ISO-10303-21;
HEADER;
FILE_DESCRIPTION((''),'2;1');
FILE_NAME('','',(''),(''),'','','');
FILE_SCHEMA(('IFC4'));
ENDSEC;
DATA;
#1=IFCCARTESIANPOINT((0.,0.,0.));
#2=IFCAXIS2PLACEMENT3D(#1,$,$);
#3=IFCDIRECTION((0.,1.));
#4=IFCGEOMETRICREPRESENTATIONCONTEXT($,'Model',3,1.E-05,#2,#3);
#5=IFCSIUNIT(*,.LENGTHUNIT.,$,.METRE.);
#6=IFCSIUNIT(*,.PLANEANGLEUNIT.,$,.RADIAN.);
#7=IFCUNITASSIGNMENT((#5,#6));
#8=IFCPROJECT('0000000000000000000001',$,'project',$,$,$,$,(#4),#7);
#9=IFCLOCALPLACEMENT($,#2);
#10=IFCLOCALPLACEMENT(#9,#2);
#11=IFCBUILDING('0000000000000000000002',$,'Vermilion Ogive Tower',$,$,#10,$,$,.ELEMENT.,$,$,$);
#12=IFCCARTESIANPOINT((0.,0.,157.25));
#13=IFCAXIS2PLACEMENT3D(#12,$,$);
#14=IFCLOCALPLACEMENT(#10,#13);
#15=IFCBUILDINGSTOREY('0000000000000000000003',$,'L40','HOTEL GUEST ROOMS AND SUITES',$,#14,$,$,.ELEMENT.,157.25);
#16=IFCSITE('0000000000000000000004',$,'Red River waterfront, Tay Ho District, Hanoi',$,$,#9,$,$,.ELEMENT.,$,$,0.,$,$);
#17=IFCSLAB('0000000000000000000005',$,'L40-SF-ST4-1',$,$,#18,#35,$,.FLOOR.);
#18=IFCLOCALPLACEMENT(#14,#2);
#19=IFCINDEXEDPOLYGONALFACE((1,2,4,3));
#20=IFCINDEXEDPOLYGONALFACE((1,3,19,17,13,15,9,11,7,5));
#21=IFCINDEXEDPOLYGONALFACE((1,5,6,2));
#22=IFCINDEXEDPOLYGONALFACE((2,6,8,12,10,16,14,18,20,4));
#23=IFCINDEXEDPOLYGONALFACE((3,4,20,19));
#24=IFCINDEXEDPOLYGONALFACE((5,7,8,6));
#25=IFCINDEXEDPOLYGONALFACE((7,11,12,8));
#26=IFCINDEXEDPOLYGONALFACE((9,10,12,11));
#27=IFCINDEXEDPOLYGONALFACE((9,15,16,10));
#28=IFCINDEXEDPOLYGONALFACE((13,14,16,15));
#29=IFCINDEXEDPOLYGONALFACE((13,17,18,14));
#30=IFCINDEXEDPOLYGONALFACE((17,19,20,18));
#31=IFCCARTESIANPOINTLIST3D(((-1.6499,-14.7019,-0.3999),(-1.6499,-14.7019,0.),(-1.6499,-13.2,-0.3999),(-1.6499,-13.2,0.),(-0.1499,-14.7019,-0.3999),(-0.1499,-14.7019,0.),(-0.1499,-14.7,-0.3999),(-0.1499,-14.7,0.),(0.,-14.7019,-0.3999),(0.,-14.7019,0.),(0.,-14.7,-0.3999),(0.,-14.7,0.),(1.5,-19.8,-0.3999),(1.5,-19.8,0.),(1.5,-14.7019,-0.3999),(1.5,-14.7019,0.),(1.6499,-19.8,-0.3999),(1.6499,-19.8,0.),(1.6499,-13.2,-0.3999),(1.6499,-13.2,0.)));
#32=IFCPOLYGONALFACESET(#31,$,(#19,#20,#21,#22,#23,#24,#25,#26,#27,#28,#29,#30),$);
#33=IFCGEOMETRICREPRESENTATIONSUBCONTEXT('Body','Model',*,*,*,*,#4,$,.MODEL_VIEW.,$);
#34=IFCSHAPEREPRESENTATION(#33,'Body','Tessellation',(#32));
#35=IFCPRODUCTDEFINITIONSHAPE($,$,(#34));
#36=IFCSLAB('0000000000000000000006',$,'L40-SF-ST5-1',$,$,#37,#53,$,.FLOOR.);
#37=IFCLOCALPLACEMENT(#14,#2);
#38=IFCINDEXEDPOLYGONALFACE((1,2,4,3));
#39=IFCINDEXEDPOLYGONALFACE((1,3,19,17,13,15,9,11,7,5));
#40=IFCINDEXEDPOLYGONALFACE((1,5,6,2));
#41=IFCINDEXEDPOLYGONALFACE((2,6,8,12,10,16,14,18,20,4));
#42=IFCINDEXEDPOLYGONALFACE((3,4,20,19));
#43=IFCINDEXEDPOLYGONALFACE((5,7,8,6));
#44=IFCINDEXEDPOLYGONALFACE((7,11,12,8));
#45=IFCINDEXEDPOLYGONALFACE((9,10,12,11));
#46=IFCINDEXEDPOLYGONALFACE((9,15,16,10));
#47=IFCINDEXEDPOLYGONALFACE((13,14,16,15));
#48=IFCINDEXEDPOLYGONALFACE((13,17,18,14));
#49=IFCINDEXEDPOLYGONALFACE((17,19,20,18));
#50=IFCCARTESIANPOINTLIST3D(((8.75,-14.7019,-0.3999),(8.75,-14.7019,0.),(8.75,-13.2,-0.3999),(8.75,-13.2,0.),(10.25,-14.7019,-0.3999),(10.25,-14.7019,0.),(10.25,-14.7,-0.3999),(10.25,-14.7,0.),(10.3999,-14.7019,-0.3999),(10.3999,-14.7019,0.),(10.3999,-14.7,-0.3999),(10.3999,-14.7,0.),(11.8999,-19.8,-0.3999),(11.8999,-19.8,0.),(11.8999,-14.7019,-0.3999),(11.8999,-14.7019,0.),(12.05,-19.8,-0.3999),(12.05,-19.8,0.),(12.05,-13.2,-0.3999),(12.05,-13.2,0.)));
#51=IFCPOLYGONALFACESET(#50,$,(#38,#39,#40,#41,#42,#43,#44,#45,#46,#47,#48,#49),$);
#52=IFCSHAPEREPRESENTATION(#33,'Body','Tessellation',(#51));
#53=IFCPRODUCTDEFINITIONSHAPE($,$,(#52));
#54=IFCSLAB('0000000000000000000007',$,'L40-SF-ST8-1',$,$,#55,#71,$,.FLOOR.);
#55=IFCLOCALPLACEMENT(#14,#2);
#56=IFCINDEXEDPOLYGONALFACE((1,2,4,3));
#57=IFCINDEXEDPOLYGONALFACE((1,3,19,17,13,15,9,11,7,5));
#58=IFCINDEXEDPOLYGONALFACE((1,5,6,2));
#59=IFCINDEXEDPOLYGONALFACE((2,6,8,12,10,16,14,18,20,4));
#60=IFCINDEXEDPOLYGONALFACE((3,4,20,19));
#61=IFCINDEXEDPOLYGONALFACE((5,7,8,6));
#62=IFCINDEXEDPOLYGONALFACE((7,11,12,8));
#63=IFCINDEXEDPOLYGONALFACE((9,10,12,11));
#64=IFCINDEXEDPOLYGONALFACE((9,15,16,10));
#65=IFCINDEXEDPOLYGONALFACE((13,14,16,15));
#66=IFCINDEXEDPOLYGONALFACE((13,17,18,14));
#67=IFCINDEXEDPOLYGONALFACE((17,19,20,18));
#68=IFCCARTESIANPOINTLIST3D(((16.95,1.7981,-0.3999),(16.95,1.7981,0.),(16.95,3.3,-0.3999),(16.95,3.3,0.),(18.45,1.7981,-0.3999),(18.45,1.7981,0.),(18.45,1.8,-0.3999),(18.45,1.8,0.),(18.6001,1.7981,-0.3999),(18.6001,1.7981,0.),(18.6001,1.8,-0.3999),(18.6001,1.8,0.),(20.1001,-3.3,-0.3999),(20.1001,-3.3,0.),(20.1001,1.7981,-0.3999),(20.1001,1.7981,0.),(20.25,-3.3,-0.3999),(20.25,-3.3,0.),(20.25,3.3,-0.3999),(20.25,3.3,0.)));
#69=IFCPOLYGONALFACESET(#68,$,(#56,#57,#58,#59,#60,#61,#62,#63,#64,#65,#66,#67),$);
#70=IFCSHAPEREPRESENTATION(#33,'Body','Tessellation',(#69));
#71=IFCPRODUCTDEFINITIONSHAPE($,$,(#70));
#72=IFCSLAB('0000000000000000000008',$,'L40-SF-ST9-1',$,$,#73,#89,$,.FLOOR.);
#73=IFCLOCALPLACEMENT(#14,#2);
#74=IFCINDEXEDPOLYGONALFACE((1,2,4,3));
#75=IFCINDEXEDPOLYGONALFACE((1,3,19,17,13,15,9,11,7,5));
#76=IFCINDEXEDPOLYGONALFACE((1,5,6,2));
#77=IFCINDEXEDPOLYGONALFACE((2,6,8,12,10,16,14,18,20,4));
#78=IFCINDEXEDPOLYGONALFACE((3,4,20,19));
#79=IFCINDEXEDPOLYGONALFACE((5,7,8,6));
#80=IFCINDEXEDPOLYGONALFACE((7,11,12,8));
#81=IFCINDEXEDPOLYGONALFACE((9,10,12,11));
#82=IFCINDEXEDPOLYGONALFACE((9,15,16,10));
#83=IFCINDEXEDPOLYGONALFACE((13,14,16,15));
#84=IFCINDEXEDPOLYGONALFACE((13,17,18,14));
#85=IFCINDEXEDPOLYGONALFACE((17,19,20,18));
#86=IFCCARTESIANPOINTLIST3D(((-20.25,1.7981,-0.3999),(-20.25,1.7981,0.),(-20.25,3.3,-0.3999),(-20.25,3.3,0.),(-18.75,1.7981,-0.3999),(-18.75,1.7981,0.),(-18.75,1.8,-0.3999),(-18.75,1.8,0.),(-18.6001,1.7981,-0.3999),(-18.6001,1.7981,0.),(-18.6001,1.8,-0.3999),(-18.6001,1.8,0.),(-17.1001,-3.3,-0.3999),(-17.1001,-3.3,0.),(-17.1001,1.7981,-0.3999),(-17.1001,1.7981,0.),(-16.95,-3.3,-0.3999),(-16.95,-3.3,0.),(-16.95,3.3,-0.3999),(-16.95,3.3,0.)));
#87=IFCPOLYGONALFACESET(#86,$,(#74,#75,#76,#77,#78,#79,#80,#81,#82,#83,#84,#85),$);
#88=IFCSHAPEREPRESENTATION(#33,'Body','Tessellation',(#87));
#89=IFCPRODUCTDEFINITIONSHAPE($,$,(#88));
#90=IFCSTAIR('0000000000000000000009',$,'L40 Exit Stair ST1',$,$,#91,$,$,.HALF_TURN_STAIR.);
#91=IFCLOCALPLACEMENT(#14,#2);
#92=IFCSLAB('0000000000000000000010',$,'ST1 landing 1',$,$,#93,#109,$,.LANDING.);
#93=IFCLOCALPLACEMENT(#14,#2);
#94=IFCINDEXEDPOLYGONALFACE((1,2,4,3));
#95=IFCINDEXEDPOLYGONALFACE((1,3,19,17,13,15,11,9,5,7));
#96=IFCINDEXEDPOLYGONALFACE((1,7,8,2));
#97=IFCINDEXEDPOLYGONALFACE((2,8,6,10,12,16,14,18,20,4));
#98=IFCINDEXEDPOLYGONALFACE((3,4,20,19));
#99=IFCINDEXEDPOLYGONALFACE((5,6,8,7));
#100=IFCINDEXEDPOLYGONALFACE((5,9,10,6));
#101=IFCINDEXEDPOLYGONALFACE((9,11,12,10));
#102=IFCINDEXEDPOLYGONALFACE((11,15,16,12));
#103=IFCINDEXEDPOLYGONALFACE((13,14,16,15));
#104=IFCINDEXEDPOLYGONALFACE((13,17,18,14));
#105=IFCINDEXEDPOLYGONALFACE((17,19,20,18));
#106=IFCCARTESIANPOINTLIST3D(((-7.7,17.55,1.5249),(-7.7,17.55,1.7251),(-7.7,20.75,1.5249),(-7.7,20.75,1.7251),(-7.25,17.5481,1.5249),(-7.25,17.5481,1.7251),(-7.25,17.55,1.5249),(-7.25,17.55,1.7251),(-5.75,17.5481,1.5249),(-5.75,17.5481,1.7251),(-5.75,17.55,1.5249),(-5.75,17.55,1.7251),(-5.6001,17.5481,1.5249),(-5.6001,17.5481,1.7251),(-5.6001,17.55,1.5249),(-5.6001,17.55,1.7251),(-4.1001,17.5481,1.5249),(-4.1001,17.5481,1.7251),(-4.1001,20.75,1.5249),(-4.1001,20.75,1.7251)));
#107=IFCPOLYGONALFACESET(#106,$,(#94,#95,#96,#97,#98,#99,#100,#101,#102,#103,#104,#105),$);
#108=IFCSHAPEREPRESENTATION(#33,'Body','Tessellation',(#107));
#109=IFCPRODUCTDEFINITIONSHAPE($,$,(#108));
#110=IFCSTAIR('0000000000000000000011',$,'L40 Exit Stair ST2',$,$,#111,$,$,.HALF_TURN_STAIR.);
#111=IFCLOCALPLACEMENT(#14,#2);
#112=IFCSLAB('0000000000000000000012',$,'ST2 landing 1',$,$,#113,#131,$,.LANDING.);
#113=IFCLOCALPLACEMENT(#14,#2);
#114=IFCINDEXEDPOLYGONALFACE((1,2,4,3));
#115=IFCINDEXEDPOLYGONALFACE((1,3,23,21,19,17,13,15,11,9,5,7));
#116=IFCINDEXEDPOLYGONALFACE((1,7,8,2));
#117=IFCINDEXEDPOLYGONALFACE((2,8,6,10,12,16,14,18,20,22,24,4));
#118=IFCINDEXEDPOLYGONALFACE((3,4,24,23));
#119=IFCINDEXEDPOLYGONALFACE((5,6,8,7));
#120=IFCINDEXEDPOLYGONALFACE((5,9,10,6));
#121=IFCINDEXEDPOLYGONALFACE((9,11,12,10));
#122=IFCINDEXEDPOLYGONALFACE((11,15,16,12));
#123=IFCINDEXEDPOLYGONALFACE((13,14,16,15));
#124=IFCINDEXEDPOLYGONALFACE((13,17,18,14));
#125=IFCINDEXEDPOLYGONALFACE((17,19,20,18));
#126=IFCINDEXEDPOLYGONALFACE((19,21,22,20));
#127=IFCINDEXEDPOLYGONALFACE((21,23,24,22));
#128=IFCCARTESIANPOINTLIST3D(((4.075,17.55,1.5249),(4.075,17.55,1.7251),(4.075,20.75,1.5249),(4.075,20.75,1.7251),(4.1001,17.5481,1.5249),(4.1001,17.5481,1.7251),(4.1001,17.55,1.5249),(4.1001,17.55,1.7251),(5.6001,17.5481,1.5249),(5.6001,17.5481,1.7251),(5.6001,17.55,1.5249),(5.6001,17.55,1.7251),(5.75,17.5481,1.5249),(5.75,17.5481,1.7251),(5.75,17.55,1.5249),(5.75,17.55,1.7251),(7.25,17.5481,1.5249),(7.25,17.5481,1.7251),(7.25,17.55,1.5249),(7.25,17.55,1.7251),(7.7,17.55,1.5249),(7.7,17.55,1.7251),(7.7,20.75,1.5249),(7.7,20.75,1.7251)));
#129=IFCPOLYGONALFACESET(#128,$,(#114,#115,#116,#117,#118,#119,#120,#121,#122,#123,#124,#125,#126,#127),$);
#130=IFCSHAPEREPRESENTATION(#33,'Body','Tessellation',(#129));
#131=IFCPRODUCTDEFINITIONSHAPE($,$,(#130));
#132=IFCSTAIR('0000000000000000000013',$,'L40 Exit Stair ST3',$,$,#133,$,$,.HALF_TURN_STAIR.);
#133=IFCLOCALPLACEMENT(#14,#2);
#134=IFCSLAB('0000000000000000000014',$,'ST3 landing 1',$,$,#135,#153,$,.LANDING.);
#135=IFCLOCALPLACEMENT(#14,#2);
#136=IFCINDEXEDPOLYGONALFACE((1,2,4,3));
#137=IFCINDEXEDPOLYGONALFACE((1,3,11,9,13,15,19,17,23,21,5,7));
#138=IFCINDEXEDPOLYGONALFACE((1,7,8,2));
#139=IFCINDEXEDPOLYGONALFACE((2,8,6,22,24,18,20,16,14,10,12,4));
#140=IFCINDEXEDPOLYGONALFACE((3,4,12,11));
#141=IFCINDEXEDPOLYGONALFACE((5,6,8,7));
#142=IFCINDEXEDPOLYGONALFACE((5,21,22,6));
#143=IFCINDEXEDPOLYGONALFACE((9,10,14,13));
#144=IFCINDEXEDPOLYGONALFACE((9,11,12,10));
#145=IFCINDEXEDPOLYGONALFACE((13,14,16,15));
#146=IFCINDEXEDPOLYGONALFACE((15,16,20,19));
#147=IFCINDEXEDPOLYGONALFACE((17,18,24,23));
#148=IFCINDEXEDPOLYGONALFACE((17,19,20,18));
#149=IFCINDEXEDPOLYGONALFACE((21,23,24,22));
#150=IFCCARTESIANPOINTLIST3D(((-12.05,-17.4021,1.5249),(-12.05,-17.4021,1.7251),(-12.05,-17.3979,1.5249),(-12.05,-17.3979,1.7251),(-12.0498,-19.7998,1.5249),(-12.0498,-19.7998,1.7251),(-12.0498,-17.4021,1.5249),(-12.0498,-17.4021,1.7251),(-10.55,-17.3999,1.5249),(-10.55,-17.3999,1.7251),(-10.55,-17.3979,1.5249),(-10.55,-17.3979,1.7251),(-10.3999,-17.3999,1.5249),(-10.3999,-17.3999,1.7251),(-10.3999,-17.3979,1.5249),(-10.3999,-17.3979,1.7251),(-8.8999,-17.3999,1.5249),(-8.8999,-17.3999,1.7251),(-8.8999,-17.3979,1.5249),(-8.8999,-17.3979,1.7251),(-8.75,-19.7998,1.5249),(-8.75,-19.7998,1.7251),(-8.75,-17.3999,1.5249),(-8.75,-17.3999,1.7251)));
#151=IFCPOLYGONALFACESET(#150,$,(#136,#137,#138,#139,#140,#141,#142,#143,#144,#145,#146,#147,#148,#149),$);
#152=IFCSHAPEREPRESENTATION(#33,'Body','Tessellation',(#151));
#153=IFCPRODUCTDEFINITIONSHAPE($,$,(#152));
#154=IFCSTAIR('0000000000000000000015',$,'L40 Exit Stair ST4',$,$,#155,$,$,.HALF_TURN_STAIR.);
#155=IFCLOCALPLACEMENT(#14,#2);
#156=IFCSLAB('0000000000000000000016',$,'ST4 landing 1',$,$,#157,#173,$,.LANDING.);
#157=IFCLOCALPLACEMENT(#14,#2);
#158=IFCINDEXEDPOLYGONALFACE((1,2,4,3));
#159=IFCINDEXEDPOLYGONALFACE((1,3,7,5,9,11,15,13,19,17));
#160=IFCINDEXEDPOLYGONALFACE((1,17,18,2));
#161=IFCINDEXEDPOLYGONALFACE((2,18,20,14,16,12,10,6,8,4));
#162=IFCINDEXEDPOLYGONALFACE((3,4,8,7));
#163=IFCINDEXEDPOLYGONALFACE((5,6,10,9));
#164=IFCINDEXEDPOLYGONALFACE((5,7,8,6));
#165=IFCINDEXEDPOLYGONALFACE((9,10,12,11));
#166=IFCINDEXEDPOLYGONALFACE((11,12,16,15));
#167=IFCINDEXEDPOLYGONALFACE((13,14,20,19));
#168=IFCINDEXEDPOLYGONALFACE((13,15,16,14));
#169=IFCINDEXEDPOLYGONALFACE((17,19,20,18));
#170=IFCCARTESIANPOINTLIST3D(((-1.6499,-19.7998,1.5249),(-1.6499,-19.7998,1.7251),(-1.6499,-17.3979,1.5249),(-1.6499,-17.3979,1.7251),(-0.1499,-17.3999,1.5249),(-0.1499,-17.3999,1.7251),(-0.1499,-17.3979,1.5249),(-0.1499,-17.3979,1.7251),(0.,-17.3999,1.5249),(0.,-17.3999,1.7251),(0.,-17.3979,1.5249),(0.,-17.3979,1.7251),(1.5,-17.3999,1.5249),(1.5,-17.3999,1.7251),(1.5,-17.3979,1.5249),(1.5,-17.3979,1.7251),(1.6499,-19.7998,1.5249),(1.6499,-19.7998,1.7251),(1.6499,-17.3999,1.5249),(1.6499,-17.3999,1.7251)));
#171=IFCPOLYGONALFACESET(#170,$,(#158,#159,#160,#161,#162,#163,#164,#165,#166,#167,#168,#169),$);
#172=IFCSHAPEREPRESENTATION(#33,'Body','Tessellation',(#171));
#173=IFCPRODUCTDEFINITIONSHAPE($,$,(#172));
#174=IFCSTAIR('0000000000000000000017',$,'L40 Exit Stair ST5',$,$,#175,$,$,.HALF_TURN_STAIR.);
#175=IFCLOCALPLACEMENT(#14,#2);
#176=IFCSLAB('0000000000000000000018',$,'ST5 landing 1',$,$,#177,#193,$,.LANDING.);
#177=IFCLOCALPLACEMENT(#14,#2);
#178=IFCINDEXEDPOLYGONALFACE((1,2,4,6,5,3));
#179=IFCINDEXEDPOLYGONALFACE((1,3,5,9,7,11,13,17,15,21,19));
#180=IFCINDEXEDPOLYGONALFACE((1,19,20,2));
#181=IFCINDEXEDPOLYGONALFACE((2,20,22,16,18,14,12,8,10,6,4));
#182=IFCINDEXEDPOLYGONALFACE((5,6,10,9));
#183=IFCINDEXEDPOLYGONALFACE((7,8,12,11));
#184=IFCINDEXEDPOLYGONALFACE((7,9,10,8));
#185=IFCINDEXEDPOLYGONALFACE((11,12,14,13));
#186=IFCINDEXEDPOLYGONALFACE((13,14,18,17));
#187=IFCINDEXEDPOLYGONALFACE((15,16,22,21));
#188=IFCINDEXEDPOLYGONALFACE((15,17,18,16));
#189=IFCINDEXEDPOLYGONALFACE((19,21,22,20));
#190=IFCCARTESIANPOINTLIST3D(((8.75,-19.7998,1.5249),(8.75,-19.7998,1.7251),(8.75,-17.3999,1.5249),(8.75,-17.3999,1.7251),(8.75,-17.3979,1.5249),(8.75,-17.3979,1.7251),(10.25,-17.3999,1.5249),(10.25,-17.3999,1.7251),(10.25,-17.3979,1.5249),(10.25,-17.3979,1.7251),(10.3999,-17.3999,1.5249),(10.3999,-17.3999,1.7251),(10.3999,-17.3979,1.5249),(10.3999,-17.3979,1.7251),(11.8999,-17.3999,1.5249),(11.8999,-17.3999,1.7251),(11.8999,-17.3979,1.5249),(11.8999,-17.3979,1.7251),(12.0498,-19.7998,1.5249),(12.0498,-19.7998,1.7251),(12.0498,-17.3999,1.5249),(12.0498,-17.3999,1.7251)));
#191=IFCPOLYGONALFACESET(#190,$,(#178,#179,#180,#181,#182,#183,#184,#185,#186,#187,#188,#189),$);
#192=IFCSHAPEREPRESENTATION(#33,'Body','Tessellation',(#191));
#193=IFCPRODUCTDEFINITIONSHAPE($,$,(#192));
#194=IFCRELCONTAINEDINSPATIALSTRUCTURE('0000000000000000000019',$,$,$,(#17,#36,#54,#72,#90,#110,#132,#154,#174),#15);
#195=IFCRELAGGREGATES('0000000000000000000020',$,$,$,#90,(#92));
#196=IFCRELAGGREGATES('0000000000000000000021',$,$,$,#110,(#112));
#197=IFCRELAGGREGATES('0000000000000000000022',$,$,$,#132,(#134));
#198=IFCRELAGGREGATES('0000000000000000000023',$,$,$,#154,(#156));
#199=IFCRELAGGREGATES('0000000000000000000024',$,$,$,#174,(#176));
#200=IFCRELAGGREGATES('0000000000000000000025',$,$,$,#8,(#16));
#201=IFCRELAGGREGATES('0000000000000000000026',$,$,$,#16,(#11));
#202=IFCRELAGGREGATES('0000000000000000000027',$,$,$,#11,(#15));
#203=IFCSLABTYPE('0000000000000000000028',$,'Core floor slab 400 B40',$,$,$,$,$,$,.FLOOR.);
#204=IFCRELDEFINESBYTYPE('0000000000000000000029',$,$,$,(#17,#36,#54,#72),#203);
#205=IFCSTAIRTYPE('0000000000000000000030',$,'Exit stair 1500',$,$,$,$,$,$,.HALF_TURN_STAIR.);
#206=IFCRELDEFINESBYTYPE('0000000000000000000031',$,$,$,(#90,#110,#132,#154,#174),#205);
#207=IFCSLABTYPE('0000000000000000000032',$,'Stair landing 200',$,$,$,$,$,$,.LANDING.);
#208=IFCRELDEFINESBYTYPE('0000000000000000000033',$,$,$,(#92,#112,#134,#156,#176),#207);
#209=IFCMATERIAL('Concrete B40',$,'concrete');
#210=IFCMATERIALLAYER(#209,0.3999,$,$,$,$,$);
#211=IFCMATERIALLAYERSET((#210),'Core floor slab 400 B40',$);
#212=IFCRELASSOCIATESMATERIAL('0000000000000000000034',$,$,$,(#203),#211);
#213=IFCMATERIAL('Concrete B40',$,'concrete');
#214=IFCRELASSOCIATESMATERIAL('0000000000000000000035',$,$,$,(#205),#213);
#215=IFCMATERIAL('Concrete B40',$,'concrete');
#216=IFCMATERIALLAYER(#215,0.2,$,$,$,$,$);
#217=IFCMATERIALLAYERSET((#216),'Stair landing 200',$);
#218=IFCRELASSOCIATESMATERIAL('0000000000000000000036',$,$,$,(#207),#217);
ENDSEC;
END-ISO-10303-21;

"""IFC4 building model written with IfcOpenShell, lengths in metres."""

from ifc_helpers import new_model, si_unit, direction, frame, origin, place, context, subcontext, project, spatial, polyline, outline, extrude, material, layer, layer_set, type_object, element, aggregate, save


model = new_model("IFC4")

# Units and contexts
model_context = context("Model", 3, precision=1e-05, world=origin(), true_north=direction((0.0, 1.0)))
body_context = subcontext(model_context, "Body", "Model", "MODEL_VIEW")
ifc_project = project(units=[si_unit("LENGTHUNIT", "METRE"), si_unit("PLANEANGLEUNIT", "RADIAN")], contexts=[model_context])

# Site, building, storey
site_placement = place(None, origin())
site = spatial("IfcSite", under=ifc_project, at=site_placement, Name="Red River waterfront, Tay Ho District, Hanoi", CompositionType="ELEMENT", RefElevation=0.0)
building_placement = place(site_placement, origin())
building = spatial("IfcBuilding", under=site, at=building_placement, Name="Vermilion Ogive Tower", CompositionType="ELEMENT")
storey_placement = place(building_placement, frame((0.0, 0.0, 157.25)))
storey = spatial("IfcBuildingStorey", under=building, at=storey_placement, Name="L40", Description="HOTEL GUEST ROOMS AND SUITES", CompositionType="ELEMENT", Elevation=157.25)

# Slabs
ifc_material_1 = material(Name="Concrete B40", Category="concrete")
ifc_layer_1 = layer(ifc_material_1, 0.3999)
ifc_layer_set_1 = layer_set([ifc_layer_1], Name="Core floor slab 400 B40")
slab_type_1 = type_object("IfcSlabType", Name="Core floor slab 400 B40", PredefinedType="FLOOR", material=ifc_layer_set_1)
slab_1_placement = place(storey_placement, frame((0.0, 0.0, -0.3999)))
element("IfcSlab", 1, at=slab_1_placement, inside=storey, type_object=slab_type_1, Name="L40-SF-ST4-1", PredefinedType="FLOOR", context=body_context, shape_type="SweptSolid", body=[
    extrude(outline(polyline([(-1.6499, -13.2), (-1.6499, -14.7019), (-0.1499, -14.7019), (-0.1499, -14.7), (0.0, -14.7), (0.0, -14.7019), (1.5, -14.7019), (1.5, -19.8), (1.6499, -19.8), (1.6499, -13.2), (-1.6499, -13.2)])), origin(), (0.0, 0.0, 1.0), 0.3999),
])
slab_2_placement = place(storey_placement, frame((0.0, 0.0, -0.3999)))
element("IfcSlab", 2, at=slab_2_placement, inside=storey, type_object=slab_type_1, Name="L40-SF-ST5-1", PredefinedType="FLOOR", context=body_context, shape_type="SweptSolid", body=[
    extrude(outline(polyline([(8.75, -13.2), (8.75, -14.7019), (10.25, -14.7019), (10.25, -14.7), (10.3999, -14.7), (10.3999, -14.7019), (11.8999, -14.7019), (11.8999, -19.8), (12.05, -19.8), (12.05, -13.2), (8.75, -13.2)])), origin(), (0.0, 0.0, 1.0), 0.3999),
])
slab_3_placement = place(storey_placement, frame((0.0, 0.0, -0.3999)))
element("IfcSlab", 3, at=slab_3_placement, inside=storey, type_object=slab_type_1, Name="L40-SF-ST8-1", PredefinedType="FLOOR", context=body_context, shape_type="SweptSolid", body=[
    extrude(outline(polyline([(16.95, 3.3), (16.95, 1.7981), (18.45, 1.7981), (18.45, 1.8), (18.6001, 1.8), (18.6001, 1.7981), (20.1001, 1.7981), (20.1001, -3.3), (20.25, -3.3), (20.25, 3.3), (16.95, 3.3)])), origin(), (0.0, 0.0, 1.0), 0.3999),
])
slab_4_placement = place(storey_placement, frame((0.0, 0.0, -0.3999)))
element("IfcSlab", 4, at=slab_4_placement, inside=storey, type_object=slab_type_1, Name="L40-SF-ST9-1", PredefinedType="FLOOR", context=body_context, shape_type="SweptSolid", body=[
    extrude(outline(polyline([(-20.25, 3.3), (-20.25, 1.7981), (-18.75, 1.7981), (-18.75, 1.8), (-18.6001, 1.8), (-18.6001, 1.7981), (-17.1001, 1.7981), (-17.1001, -3.3), (-16.95, -3.3), (-16.95, 3.3), (-20.25, 3.3)])), origin(), (0.0, 0.0, 1.0), 0.3999),
])

# Stairs, slabs
ifc_material_2 = material(Name="Concrete B40", Category="concrete")
stair_type = type_object("IfcStairType", Name="Exit stair 1500", PredefinedType="HALF_TURN_STAIR", material=ifc_material_2)
stair_1_placement = place(storey_placement, origin())
stair_1 = element("IfcStair", 5, at=stair_1_placement, inside=storey, type_object=stair_type, Name="L40 Exit Stair ST1", PredefinedType="HALF_TURN_STAIR")
ifc_material_3 = material(Name="Concrete B40", Category="concrete")
ifc_layer_2 = layer(ifc_material_3, 0.2)
ifc_layer_set_2 = layer_set([ifc_layer_2], Name="Stair landing 200")
slab_type_2 = type_object("IfcSlabType", Name="Stair landing 200", PredefinedType="LANDING", material=ifc_layer_set_2)
slab_5_placement = place(storey_placement, frame((0.0, 0.0, 1.5249)))
slab_5 = element("IfcSlab", 6, at=slab_5_placement, type_object=slab_type_2, Name="ST1 landing 1", PredefinedType="LANDING", context=body_context, shape_type="SweptSolid", body=[
    extrude(outline(polyline([(-7.7, 17.55), (-7.25, 17.55), (-7.25, 17.5481), (-5.75, 17.5481), (-5.75, 17.55), (-5.6001, 17.55), (-5.6001, 17.5481), (-4.1001, 17.5481), (-4.1001, 20.75), (-7.7, 20.75), (-7.7, 17.55)])), origin(), (0.0, 0.0, 1.0), 0.2002),
])
aggregate(stair_1, [slab_5])
stair_2_placement = place(storey_placement, origin())
stair_2 = element("IfcStair", 7, at=stair_2_placement, inside=storey, type_object=stair_type, Name="L40 Exit Stair ST2", PredefinedType="HALF_TURN_STAIR")
slab_6_placement = place(storey_placement, frame((0.0, 0.0, 1.5249)))
slab_6 = element("IfcSlab", 8, at=slab_6_placement, type_object=slab_type_2, Name="ST2 landing 1", PredefinedType="LANDING", context=body_context, shape_type="SweptSolid", body=[
    extrude(outline(polyline([(5.6001, 17.55), (5.75, 17.55), (5.75, 17.5481), (7.25, 17.5481), (7.25, 17.55), (7.7, 17.55), (7.7, 20.75), (4.075, 20.75), (4.075, 17.55), (4.1001, 17.55), (4.1001, 17.5481), (5.6001, 17.5481), (5.6001, 17.55)])), origin(), (0.0, 0.0, 1.0), 0.2002),
])
aggregate(stair_2, [slab_6])
stair_3_placement = place(storey_placement, origin())
stair_3 = element("IfcStair", 9, at=stair_3_placement, inside=storey, type_object=stair_type, Name="L40 Exit Stair ST3", PredefinedType="HALF_TURN_STAIR")
slab_7_placement = place(storey_placement, frame((0.0, 0.0, 1.5249)))
slab_7 = element("IfcSlab", 10, at=slab_7_placement, type_object=slab_type_2, Name="ST3 landing 1", PredefinedType="LANDING", context=body_context, shape_type="SweptSolid", body=[
    extrude(outline(polyline([(-8.75, -17.3999), (-8.8999, -17.3999), (-8.8999, -17.3979), (-10.3999, -17.3979), (-10.3999, -17.3999), (-10.55, -17.3999), (-10.55, -17.3979), (-12.05, -17.3979), (-12.05, -17.4021), (-12.0498, -17.4021), (-12.0498, -19.7998), (-8.75, -19.7998), (-8.75, -17.3999)])), origin(), (0.0, 0.0, 1.0), 0.2002),
])
aggregate(stair_3, [slab_7])
stair_4_placement = place(storey_placement, origin())
stair_4 = element("IfcStair", 11, at=stair_4_placement, inside=storey, type_object=stair_type, Name="L40 Exit Stair ST4", PredefinedType="HALF_TURN_STAIR")
slab_8_placement = place(storey_placement, frame((0.0, 0.0, 1.5249)))
slab_8 = element("IfcSlab", 12, at=slab_8_placement, type_object=slab_type_2, Name="ST4 landing 1", PredefinedType="LANDING", context=body_context, shape_type="SweptSolid", body=[
    extrude(outline(polyline([(1.6499, -17.3999), (1.5, -17.3999), (1.5, -17.3979), (0.0, -17.3979), (0.0, -17.3999), (-0.1499, -17.3999), (-0.1499, -17.3979), (-1.6499, -17.3979), (-1.6499, -19.7998), (1.6499, -19.7998), (1.6499, -17.3999)])), origin(), (0.0, 0.0, 1.0), 0.2002),
])
aggregate(stair_4, [slab_8])
stair_5_placement = place(storey_placement, origin())
stair_5 = element("IfcStair", 13, at=stair_5_placement, inside=storey, type_object=stair_type, Name="L40 Exit Stair ST5", PredefinedType="HALF_TURN_STAIR")
slab_9_placement = place(storey_placement, frame((0.0, 0.0, 1.5249)))
slab_9 = element("IfcSlab", 14, at=slab_9_placement, type_object=slab_type_2, Name="ST5 landing 1", PredefinedType="LANDING", context=body_context, shape_type="SweptSolid", body=[
    extrude(outline(polyline([(12.0498, -17.3999), (11.8999, -17.3999), (11.8999, -17.3979), (10.3999, -17.3979), (10.3999, -17.3999), (10.25, -17.3999), (10.25, -17.3979), (8.75, -17.3979), (8.75, -17.3999), (8.75, -17.3999), (8.75, -19.7998), (12.0498, -19.7998), (12.0498, -17.3999)])), origin(), (0.0, 0.0, 1.0), 0.2002),
])
aggregate(stair_5, [slab_9])

save(model, "model.ifc")
